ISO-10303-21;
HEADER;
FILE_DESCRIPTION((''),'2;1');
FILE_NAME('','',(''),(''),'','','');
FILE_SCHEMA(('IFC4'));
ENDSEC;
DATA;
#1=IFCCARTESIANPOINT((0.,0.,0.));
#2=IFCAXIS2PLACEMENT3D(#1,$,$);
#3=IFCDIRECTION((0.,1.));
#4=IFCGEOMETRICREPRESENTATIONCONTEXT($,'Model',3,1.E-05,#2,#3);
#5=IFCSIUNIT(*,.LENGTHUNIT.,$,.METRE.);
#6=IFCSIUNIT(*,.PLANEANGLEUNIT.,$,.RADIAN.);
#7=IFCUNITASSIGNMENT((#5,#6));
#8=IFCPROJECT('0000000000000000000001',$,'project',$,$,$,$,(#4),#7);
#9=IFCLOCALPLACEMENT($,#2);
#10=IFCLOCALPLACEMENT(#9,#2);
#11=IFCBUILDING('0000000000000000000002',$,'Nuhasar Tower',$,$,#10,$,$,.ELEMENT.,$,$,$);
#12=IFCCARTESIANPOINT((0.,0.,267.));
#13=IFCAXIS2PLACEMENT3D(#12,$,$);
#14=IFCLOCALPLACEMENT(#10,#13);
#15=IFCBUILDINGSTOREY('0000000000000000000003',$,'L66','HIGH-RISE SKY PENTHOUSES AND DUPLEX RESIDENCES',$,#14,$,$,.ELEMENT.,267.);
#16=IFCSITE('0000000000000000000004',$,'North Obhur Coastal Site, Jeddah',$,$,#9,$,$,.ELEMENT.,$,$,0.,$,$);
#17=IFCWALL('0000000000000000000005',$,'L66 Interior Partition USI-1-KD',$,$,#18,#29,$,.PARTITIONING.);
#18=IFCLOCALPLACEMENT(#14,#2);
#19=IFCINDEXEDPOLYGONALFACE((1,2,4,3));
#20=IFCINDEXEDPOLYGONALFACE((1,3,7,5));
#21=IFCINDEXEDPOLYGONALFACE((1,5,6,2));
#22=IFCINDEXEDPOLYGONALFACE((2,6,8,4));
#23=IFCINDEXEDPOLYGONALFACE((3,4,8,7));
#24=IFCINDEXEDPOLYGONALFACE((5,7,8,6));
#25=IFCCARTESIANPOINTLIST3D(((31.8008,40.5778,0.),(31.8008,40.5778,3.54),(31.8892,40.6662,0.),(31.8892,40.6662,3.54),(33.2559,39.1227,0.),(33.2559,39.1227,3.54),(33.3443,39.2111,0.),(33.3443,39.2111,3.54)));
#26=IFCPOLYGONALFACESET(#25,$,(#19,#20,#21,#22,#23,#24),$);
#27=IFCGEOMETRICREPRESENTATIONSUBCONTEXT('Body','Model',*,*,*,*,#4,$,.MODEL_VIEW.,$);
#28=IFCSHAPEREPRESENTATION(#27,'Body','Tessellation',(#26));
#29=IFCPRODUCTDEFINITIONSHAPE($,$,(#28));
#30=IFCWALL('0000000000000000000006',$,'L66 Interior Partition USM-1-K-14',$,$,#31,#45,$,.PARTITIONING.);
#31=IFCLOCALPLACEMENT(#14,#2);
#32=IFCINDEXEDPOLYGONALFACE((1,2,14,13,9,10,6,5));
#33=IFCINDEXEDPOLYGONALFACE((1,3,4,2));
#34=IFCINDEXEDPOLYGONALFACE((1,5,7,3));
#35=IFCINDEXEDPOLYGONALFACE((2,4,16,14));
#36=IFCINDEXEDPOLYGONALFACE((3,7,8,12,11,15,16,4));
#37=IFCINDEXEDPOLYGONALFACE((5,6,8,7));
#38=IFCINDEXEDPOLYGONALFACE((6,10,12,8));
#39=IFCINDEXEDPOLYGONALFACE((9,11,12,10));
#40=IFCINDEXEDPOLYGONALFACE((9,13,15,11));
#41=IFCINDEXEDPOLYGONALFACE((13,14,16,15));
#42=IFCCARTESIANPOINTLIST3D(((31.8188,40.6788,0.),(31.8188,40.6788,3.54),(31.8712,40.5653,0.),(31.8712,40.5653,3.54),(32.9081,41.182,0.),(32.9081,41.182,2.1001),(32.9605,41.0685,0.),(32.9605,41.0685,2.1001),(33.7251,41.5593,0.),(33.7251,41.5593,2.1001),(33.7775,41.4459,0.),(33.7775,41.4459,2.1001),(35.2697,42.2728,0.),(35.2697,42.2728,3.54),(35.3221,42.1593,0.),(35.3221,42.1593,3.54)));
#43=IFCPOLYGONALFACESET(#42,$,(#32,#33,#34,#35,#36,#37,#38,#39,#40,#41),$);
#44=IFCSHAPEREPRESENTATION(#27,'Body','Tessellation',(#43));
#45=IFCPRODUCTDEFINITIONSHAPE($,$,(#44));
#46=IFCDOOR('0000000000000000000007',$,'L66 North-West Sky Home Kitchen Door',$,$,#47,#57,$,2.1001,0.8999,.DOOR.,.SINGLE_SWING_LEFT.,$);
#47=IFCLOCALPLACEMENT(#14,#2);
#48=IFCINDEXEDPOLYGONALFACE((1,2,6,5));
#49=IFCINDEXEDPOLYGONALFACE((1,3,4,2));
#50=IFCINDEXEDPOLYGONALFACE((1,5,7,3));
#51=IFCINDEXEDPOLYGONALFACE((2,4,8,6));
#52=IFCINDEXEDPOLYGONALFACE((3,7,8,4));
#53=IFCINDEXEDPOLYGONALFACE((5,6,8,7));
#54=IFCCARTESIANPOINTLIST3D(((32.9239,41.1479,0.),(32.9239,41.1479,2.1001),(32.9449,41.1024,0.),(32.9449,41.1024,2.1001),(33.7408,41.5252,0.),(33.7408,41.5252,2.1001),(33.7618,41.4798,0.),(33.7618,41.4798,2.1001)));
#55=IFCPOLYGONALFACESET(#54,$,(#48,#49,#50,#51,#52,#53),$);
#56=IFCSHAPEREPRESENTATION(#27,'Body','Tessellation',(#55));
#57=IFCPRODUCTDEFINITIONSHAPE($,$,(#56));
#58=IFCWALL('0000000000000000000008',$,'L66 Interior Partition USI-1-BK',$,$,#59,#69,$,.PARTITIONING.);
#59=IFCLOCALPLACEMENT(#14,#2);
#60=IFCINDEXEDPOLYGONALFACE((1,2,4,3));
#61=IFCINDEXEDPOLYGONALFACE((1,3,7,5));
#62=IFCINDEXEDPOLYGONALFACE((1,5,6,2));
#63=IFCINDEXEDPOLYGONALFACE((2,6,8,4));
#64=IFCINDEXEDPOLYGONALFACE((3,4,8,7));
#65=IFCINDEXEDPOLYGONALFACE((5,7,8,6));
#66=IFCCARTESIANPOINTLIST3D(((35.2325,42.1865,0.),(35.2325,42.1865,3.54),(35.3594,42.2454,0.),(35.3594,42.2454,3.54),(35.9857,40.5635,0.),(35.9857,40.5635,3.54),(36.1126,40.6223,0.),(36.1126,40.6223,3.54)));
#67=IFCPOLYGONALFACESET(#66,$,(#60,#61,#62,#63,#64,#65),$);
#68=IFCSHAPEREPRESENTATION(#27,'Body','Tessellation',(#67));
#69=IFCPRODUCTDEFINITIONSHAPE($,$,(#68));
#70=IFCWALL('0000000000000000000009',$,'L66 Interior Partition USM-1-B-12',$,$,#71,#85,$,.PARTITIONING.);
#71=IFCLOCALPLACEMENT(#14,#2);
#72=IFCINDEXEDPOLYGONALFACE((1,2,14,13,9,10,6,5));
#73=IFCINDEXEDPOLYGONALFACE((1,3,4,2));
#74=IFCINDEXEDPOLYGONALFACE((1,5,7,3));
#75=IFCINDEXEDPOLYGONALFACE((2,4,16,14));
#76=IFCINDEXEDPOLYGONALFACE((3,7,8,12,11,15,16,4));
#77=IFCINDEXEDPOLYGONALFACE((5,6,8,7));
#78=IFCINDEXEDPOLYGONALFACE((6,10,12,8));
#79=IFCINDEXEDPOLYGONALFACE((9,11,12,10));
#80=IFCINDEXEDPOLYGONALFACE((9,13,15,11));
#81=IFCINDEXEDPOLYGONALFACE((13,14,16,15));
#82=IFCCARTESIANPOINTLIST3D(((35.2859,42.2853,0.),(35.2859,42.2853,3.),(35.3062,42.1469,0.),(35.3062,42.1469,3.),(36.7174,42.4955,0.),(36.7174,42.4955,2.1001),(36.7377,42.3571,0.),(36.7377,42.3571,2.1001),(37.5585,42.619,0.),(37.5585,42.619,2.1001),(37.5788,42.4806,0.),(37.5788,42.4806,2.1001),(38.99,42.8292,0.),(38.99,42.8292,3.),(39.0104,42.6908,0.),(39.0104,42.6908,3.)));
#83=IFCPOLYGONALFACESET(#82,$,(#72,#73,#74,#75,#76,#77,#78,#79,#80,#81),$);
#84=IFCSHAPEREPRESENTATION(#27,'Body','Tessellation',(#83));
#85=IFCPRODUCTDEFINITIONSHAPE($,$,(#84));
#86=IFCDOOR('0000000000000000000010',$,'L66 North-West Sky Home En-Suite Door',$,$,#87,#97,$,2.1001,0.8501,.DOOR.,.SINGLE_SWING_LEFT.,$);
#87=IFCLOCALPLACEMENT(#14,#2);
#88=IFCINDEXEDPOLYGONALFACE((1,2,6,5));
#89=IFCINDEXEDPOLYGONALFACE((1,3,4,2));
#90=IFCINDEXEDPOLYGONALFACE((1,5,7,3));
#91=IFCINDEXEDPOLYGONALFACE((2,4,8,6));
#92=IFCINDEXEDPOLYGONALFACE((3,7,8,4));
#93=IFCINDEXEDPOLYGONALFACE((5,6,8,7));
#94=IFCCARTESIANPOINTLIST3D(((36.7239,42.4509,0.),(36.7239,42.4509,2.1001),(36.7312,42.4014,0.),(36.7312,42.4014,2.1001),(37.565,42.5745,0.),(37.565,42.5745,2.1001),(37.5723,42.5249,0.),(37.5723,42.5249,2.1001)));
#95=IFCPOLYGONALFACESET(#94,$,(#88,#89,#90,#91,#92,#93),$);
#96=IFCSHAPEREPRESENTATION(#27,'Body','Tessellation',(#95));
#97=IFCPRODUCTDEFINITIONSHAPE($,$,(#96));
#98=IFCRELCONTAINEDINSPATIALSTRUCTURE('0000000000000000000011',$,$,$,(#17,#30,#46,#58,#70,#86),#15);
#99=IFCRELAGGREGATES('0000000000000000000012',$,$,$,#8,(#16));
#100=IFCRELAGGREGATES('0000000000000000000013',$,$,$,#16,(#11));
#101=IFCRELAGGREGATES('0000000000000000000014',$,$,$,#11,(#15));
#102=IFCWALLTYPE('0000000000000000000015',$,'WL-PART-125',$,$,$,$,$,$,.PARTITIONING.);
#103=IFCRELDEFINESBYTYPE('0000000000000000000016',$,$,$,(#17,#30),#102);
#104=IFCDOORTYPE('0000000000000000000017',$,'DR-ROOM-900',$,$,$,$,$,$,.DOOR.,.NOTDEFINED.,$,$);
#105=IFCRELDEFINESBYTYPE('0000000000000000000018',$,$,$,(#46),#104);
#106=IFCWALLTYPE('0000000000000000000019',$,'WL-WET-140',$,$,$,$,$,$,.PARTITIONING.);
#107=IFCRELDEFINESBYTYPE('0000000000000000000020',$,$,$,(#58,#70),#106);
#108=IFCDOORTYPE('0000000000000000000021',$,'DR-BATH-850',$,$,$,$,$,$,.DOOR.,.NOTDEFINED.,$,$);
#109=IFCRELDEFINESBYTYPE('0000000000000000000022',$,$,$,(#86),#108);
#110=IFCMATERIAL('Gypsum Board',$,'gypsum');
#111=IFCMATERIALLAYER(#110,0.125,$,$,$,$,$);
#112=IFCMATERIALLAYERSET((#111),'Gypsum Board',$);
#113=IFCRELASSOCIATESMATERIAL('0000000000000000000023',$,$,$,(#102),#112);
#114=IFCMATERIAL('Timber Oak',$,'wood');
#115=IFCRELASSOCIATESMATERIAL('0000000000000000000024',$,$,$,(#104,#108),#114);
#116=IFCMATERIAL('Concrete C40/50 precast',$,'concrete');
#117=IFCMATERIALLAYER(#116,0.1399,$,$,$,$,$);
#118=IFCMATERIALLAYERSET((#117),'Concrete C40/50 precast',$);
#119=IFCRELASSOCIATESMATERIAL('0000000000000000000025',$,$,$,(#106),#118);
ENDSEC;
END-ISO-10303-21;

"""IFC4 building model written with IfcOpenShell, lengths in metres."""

from ifc_helpers import new_model, si_unit, direction, frame, frame_2d, origin, place, context, subcontext, project, spatial, rectangle, extrude, material, layer, layer_set, type_object, element, fill, save


model = new_model("IFC4")

# Units and contexts
model_context = context("Model", 3, precision=1e-05, world=origin(), true_north=direction((0.0, 1.0)))
body_context = subcontext(model_context, "Body", "Model", "MODEL_VIEW")
ifc_project = project(units=[si_unit("LENGTHUNIT", "METRE"), si_unit("PLANEANGLEUNIT", "RADIAN")], contexts=[model_context])

# Site, building, storey
site_placement = place(None, origin())
site = spatial("IfcSite", under=ifc_project, at=site_placement, Name="North Obhur Coastal Site, Jeddah", CompositionType="ELEMENT", RefElevation=0.0)
building_placement = place(site_placement, origin())
building = spatial("IfcBuilding", under=site, at=building_placement, Name="Nuhasar Tower", CompositionType="ELEMENT")
storey_placement = place(building_placement, frame((0.0, 0.0, 267.0)))
storey = spatial("IfcBuildingStorey", under=building, at=storey_placement, Name="L66", Description="HIGH-RISE SKY PENTHOUSES AND DUPLEX RESIDENCES", CompositionType="ELEMENT", Elevation=267.0)

# Shared definitions
ifc_material_1 = material(Name="Gypsum Board", Category="gypsum")

# Wall
ifc_layer_1 = layer(ifc_material_1, 0.125)
ifc_layer_set_1 = layer_set([ifc_layer_1], Name="Gypsum Board")
wall_type_1 = type_object("IfcWallType", Name="WL-PART-125", PredefinedType="PARTITIONING", material=ifc_layer_set_1)
wall_1_placement = place(storey_placement, frame((33.3, 39.167, 0.0), z_axis=(0.0, 0.0, 1.0), x_axis=(-0.707107, 0.707107, 0.0)))
element("IfcWall", 1, at=wall_1_placement, inside=storey, type_object=wall_type_1, Name="L66 Interior Partition USI-1-KD", PredefinedType="PARTITIONING", context=body_context, shape_type="SweptSolid", body=[
    extrude(rectangle(XDim=2.0579, YDim=0.125, at=frame_2d((1.0288, 0.0))), origin(), (0.0, 0.0, 1.0), 3.54),
])

# Wall, opening, door
wall_2_placement = place(storey_placement, frame((31.845, 40.6221, 0.0), z_axis=(0.0, 0.0, 1.0), x_axis=(0.907833, 0.419331, 0.0)))
wall_2 = element("IfcWall", 2, at=wall_2_placement, inside=storey, type_object=wall_type_1, Name="L66 Interior Partition USM-1-K-14", PredefinedType="PARTITIONING", context=body_context, shape_type="SweptSolid", body=[
    extrude(rectangle(XDim=3.8013, YDim=0.125, at=frame_2d((1.9006, 0.0))), origin(), (0.0, 0.0, 1.0), 3.54),
])
opening_1_placement = place(wall_2_placement, frame((1.2, 0.0, 0.0)))
opening_1 = element("IfcOpeningElement", 3, at=opening_1_placement, cuts=wall_2, PredefinedType="OPENING", context=body_context, shape_type="SweptSolid", body=[
    extrude(rectangle(XDim=0.8999, YDim=2.1001, at=frame_2d((0.45, 1.05))), frame((0.0, 0.0725, 0.0), z_axis=(0.0, -1.0, 0.0), x_axis=(1.0, 0.0, 0.0)), (0.0, 0.0, 1.0), 0.145),
])
ifc_material_2 = material(Name="Timber Oak", Category="wood")
door_type_1 = type_object("IfcDoorType", Name="DR-ROOM-900", OperationType="NOTDEFINED", PredefinedType="DOOR", material=ifc_material_2)
door_1_placement = place(opening_1_placement, origin())
door_1 = element("IfcDoor", 4, at=door_1_placement, inside=storey, type_object=door_type_1, Name="L66 North-West Sky Home Kitchen Door", OperationType="SINGLE_SWING_LEFT", OverallHeight=2.1001, OverallWidth=0.8999, PredefinedType="DOOR", context=body_context, shape_type="SweptSolid", body=[
    extrude(rectangle(XDim=0.8999, YDim=2.1001, at=frame_2d((0.45, 1.05))), frame((0.0, 0.0249, 0.0), z_axis=(0.0, -1.0, 0.0), x_axis=(1.0, 0.0, 0.0)), (0.0, 0.0, 1.0), 0.05),
])
fill(opening_1, door_1)

# Wall
ifc_material_3 = material(Name="Concrete C40/50 precast", Category="concrete")
ifc_layer_2 = layer(ifc_material_3, 0.1399)
ifc_layer_set_2 = layer_set([ifc_layer_2], Name="Concrete C40/50 precast")
wall_type_2 = type_object("IfcWallType", Name="WL-WET-140", PredefinedType="PARTITIONING", material=ifc_layer_set_2)
wall_3_placement = place(storey_placement, frame((36.0491, 40.593, 0.0), z_axis=(0.0, 0.0, 1.0), x_axis=(-0.420935, 0.907091, 0.0)))
element("IfcWall", 5, at=wall_3_placement, inside=storey, type_object=wall_type_2, Name="L66 Interior Partition USI-1-BK", PredefinedType="PARTITIONING", context=body_context, shape_type="SweptSolid", body=[
    extrude(rectangle(XDim=1.7893, YDim=0.1399, at=frame_2d((0.8945, 0.0))), origin(), (0.0, 0.0, 1.0), 3.54),
])

# Wall, opening, door
wall_4_placement = place(storey_placement, frame((35.2959, 42.2161, 0.0), z_axis=(0.0, 0.0, 1.0), x_axis=(0.989389, 0.145291, 0.0)))
wall_4 = element("IfcWall", 6, at=wall_4_placement, inside=storey, type_object=wall_type_2, Name="L66 Interior Partition USM-1-B-12", PredefinedType="PARTITIONING", context=body_context, shape_type="SweptSolid", body=[
    extrude(rectangle(XDim=3.7439, YDim=0.1399, at=frame_2d((1.8721, 0.0))), origin(), (0.0, 0.0, 1.0), 3.0),
])
opening_2_placement = place(wall_4_placement, frame((1.447, 0.0, 0.0)))
opening_2 = element("IfcOpeningElement", 7, at=opening_2_placement, cuts=wall_4, PredefinedType="OPENING", context=body_context, shape_type="SweptSolid", body=[
    extrude(rectangle(XDim=0.8501, YDim=2.1001, at=frame_2d((0.425, 1.05))), frame((0.0, 0.0801, 0.0), z_axis=(0.0, -1.0, 0.0), x_axis=(1.0, 0.0, 0.0)), (0.0, 0.0, 1.0), 0.1599),
])
door_type_2 = type_object("IfcDoorType", Name="DR-BATH-850", OperationType="NOTDEFINED", PredefinedType="DOOR", material=ifc_material_2)
door_2_placement = place(opening_2_placement, origin())
door_2 = element("IfcDoor", 8, at=door_2_placement, inside=storey, type_object=door_type_2, Name="L66 North-West Sky Home En-Suite Door", OperationType="SINGLE_SWING_LEFT", OverallHeight=2.1001, OverallWidth=0.8501, PredefinedType="DOOR", context=body_context, shape_type="SweptSolid", body=[
    extrude(rectangle(XDim=0.8501, YDim=2.1001, at=frame_2d((0.425, 1.05))), frame((0.0, 0.0249, 0.0), z_axis=(0.0, -1.0, 0.0), x_axis=(1.0, 0.0, 0.0)), (0.0, 0.0, 1.0), 0.05),
])
fill(opening_2, door_2)

save(model, "model.ifc")
